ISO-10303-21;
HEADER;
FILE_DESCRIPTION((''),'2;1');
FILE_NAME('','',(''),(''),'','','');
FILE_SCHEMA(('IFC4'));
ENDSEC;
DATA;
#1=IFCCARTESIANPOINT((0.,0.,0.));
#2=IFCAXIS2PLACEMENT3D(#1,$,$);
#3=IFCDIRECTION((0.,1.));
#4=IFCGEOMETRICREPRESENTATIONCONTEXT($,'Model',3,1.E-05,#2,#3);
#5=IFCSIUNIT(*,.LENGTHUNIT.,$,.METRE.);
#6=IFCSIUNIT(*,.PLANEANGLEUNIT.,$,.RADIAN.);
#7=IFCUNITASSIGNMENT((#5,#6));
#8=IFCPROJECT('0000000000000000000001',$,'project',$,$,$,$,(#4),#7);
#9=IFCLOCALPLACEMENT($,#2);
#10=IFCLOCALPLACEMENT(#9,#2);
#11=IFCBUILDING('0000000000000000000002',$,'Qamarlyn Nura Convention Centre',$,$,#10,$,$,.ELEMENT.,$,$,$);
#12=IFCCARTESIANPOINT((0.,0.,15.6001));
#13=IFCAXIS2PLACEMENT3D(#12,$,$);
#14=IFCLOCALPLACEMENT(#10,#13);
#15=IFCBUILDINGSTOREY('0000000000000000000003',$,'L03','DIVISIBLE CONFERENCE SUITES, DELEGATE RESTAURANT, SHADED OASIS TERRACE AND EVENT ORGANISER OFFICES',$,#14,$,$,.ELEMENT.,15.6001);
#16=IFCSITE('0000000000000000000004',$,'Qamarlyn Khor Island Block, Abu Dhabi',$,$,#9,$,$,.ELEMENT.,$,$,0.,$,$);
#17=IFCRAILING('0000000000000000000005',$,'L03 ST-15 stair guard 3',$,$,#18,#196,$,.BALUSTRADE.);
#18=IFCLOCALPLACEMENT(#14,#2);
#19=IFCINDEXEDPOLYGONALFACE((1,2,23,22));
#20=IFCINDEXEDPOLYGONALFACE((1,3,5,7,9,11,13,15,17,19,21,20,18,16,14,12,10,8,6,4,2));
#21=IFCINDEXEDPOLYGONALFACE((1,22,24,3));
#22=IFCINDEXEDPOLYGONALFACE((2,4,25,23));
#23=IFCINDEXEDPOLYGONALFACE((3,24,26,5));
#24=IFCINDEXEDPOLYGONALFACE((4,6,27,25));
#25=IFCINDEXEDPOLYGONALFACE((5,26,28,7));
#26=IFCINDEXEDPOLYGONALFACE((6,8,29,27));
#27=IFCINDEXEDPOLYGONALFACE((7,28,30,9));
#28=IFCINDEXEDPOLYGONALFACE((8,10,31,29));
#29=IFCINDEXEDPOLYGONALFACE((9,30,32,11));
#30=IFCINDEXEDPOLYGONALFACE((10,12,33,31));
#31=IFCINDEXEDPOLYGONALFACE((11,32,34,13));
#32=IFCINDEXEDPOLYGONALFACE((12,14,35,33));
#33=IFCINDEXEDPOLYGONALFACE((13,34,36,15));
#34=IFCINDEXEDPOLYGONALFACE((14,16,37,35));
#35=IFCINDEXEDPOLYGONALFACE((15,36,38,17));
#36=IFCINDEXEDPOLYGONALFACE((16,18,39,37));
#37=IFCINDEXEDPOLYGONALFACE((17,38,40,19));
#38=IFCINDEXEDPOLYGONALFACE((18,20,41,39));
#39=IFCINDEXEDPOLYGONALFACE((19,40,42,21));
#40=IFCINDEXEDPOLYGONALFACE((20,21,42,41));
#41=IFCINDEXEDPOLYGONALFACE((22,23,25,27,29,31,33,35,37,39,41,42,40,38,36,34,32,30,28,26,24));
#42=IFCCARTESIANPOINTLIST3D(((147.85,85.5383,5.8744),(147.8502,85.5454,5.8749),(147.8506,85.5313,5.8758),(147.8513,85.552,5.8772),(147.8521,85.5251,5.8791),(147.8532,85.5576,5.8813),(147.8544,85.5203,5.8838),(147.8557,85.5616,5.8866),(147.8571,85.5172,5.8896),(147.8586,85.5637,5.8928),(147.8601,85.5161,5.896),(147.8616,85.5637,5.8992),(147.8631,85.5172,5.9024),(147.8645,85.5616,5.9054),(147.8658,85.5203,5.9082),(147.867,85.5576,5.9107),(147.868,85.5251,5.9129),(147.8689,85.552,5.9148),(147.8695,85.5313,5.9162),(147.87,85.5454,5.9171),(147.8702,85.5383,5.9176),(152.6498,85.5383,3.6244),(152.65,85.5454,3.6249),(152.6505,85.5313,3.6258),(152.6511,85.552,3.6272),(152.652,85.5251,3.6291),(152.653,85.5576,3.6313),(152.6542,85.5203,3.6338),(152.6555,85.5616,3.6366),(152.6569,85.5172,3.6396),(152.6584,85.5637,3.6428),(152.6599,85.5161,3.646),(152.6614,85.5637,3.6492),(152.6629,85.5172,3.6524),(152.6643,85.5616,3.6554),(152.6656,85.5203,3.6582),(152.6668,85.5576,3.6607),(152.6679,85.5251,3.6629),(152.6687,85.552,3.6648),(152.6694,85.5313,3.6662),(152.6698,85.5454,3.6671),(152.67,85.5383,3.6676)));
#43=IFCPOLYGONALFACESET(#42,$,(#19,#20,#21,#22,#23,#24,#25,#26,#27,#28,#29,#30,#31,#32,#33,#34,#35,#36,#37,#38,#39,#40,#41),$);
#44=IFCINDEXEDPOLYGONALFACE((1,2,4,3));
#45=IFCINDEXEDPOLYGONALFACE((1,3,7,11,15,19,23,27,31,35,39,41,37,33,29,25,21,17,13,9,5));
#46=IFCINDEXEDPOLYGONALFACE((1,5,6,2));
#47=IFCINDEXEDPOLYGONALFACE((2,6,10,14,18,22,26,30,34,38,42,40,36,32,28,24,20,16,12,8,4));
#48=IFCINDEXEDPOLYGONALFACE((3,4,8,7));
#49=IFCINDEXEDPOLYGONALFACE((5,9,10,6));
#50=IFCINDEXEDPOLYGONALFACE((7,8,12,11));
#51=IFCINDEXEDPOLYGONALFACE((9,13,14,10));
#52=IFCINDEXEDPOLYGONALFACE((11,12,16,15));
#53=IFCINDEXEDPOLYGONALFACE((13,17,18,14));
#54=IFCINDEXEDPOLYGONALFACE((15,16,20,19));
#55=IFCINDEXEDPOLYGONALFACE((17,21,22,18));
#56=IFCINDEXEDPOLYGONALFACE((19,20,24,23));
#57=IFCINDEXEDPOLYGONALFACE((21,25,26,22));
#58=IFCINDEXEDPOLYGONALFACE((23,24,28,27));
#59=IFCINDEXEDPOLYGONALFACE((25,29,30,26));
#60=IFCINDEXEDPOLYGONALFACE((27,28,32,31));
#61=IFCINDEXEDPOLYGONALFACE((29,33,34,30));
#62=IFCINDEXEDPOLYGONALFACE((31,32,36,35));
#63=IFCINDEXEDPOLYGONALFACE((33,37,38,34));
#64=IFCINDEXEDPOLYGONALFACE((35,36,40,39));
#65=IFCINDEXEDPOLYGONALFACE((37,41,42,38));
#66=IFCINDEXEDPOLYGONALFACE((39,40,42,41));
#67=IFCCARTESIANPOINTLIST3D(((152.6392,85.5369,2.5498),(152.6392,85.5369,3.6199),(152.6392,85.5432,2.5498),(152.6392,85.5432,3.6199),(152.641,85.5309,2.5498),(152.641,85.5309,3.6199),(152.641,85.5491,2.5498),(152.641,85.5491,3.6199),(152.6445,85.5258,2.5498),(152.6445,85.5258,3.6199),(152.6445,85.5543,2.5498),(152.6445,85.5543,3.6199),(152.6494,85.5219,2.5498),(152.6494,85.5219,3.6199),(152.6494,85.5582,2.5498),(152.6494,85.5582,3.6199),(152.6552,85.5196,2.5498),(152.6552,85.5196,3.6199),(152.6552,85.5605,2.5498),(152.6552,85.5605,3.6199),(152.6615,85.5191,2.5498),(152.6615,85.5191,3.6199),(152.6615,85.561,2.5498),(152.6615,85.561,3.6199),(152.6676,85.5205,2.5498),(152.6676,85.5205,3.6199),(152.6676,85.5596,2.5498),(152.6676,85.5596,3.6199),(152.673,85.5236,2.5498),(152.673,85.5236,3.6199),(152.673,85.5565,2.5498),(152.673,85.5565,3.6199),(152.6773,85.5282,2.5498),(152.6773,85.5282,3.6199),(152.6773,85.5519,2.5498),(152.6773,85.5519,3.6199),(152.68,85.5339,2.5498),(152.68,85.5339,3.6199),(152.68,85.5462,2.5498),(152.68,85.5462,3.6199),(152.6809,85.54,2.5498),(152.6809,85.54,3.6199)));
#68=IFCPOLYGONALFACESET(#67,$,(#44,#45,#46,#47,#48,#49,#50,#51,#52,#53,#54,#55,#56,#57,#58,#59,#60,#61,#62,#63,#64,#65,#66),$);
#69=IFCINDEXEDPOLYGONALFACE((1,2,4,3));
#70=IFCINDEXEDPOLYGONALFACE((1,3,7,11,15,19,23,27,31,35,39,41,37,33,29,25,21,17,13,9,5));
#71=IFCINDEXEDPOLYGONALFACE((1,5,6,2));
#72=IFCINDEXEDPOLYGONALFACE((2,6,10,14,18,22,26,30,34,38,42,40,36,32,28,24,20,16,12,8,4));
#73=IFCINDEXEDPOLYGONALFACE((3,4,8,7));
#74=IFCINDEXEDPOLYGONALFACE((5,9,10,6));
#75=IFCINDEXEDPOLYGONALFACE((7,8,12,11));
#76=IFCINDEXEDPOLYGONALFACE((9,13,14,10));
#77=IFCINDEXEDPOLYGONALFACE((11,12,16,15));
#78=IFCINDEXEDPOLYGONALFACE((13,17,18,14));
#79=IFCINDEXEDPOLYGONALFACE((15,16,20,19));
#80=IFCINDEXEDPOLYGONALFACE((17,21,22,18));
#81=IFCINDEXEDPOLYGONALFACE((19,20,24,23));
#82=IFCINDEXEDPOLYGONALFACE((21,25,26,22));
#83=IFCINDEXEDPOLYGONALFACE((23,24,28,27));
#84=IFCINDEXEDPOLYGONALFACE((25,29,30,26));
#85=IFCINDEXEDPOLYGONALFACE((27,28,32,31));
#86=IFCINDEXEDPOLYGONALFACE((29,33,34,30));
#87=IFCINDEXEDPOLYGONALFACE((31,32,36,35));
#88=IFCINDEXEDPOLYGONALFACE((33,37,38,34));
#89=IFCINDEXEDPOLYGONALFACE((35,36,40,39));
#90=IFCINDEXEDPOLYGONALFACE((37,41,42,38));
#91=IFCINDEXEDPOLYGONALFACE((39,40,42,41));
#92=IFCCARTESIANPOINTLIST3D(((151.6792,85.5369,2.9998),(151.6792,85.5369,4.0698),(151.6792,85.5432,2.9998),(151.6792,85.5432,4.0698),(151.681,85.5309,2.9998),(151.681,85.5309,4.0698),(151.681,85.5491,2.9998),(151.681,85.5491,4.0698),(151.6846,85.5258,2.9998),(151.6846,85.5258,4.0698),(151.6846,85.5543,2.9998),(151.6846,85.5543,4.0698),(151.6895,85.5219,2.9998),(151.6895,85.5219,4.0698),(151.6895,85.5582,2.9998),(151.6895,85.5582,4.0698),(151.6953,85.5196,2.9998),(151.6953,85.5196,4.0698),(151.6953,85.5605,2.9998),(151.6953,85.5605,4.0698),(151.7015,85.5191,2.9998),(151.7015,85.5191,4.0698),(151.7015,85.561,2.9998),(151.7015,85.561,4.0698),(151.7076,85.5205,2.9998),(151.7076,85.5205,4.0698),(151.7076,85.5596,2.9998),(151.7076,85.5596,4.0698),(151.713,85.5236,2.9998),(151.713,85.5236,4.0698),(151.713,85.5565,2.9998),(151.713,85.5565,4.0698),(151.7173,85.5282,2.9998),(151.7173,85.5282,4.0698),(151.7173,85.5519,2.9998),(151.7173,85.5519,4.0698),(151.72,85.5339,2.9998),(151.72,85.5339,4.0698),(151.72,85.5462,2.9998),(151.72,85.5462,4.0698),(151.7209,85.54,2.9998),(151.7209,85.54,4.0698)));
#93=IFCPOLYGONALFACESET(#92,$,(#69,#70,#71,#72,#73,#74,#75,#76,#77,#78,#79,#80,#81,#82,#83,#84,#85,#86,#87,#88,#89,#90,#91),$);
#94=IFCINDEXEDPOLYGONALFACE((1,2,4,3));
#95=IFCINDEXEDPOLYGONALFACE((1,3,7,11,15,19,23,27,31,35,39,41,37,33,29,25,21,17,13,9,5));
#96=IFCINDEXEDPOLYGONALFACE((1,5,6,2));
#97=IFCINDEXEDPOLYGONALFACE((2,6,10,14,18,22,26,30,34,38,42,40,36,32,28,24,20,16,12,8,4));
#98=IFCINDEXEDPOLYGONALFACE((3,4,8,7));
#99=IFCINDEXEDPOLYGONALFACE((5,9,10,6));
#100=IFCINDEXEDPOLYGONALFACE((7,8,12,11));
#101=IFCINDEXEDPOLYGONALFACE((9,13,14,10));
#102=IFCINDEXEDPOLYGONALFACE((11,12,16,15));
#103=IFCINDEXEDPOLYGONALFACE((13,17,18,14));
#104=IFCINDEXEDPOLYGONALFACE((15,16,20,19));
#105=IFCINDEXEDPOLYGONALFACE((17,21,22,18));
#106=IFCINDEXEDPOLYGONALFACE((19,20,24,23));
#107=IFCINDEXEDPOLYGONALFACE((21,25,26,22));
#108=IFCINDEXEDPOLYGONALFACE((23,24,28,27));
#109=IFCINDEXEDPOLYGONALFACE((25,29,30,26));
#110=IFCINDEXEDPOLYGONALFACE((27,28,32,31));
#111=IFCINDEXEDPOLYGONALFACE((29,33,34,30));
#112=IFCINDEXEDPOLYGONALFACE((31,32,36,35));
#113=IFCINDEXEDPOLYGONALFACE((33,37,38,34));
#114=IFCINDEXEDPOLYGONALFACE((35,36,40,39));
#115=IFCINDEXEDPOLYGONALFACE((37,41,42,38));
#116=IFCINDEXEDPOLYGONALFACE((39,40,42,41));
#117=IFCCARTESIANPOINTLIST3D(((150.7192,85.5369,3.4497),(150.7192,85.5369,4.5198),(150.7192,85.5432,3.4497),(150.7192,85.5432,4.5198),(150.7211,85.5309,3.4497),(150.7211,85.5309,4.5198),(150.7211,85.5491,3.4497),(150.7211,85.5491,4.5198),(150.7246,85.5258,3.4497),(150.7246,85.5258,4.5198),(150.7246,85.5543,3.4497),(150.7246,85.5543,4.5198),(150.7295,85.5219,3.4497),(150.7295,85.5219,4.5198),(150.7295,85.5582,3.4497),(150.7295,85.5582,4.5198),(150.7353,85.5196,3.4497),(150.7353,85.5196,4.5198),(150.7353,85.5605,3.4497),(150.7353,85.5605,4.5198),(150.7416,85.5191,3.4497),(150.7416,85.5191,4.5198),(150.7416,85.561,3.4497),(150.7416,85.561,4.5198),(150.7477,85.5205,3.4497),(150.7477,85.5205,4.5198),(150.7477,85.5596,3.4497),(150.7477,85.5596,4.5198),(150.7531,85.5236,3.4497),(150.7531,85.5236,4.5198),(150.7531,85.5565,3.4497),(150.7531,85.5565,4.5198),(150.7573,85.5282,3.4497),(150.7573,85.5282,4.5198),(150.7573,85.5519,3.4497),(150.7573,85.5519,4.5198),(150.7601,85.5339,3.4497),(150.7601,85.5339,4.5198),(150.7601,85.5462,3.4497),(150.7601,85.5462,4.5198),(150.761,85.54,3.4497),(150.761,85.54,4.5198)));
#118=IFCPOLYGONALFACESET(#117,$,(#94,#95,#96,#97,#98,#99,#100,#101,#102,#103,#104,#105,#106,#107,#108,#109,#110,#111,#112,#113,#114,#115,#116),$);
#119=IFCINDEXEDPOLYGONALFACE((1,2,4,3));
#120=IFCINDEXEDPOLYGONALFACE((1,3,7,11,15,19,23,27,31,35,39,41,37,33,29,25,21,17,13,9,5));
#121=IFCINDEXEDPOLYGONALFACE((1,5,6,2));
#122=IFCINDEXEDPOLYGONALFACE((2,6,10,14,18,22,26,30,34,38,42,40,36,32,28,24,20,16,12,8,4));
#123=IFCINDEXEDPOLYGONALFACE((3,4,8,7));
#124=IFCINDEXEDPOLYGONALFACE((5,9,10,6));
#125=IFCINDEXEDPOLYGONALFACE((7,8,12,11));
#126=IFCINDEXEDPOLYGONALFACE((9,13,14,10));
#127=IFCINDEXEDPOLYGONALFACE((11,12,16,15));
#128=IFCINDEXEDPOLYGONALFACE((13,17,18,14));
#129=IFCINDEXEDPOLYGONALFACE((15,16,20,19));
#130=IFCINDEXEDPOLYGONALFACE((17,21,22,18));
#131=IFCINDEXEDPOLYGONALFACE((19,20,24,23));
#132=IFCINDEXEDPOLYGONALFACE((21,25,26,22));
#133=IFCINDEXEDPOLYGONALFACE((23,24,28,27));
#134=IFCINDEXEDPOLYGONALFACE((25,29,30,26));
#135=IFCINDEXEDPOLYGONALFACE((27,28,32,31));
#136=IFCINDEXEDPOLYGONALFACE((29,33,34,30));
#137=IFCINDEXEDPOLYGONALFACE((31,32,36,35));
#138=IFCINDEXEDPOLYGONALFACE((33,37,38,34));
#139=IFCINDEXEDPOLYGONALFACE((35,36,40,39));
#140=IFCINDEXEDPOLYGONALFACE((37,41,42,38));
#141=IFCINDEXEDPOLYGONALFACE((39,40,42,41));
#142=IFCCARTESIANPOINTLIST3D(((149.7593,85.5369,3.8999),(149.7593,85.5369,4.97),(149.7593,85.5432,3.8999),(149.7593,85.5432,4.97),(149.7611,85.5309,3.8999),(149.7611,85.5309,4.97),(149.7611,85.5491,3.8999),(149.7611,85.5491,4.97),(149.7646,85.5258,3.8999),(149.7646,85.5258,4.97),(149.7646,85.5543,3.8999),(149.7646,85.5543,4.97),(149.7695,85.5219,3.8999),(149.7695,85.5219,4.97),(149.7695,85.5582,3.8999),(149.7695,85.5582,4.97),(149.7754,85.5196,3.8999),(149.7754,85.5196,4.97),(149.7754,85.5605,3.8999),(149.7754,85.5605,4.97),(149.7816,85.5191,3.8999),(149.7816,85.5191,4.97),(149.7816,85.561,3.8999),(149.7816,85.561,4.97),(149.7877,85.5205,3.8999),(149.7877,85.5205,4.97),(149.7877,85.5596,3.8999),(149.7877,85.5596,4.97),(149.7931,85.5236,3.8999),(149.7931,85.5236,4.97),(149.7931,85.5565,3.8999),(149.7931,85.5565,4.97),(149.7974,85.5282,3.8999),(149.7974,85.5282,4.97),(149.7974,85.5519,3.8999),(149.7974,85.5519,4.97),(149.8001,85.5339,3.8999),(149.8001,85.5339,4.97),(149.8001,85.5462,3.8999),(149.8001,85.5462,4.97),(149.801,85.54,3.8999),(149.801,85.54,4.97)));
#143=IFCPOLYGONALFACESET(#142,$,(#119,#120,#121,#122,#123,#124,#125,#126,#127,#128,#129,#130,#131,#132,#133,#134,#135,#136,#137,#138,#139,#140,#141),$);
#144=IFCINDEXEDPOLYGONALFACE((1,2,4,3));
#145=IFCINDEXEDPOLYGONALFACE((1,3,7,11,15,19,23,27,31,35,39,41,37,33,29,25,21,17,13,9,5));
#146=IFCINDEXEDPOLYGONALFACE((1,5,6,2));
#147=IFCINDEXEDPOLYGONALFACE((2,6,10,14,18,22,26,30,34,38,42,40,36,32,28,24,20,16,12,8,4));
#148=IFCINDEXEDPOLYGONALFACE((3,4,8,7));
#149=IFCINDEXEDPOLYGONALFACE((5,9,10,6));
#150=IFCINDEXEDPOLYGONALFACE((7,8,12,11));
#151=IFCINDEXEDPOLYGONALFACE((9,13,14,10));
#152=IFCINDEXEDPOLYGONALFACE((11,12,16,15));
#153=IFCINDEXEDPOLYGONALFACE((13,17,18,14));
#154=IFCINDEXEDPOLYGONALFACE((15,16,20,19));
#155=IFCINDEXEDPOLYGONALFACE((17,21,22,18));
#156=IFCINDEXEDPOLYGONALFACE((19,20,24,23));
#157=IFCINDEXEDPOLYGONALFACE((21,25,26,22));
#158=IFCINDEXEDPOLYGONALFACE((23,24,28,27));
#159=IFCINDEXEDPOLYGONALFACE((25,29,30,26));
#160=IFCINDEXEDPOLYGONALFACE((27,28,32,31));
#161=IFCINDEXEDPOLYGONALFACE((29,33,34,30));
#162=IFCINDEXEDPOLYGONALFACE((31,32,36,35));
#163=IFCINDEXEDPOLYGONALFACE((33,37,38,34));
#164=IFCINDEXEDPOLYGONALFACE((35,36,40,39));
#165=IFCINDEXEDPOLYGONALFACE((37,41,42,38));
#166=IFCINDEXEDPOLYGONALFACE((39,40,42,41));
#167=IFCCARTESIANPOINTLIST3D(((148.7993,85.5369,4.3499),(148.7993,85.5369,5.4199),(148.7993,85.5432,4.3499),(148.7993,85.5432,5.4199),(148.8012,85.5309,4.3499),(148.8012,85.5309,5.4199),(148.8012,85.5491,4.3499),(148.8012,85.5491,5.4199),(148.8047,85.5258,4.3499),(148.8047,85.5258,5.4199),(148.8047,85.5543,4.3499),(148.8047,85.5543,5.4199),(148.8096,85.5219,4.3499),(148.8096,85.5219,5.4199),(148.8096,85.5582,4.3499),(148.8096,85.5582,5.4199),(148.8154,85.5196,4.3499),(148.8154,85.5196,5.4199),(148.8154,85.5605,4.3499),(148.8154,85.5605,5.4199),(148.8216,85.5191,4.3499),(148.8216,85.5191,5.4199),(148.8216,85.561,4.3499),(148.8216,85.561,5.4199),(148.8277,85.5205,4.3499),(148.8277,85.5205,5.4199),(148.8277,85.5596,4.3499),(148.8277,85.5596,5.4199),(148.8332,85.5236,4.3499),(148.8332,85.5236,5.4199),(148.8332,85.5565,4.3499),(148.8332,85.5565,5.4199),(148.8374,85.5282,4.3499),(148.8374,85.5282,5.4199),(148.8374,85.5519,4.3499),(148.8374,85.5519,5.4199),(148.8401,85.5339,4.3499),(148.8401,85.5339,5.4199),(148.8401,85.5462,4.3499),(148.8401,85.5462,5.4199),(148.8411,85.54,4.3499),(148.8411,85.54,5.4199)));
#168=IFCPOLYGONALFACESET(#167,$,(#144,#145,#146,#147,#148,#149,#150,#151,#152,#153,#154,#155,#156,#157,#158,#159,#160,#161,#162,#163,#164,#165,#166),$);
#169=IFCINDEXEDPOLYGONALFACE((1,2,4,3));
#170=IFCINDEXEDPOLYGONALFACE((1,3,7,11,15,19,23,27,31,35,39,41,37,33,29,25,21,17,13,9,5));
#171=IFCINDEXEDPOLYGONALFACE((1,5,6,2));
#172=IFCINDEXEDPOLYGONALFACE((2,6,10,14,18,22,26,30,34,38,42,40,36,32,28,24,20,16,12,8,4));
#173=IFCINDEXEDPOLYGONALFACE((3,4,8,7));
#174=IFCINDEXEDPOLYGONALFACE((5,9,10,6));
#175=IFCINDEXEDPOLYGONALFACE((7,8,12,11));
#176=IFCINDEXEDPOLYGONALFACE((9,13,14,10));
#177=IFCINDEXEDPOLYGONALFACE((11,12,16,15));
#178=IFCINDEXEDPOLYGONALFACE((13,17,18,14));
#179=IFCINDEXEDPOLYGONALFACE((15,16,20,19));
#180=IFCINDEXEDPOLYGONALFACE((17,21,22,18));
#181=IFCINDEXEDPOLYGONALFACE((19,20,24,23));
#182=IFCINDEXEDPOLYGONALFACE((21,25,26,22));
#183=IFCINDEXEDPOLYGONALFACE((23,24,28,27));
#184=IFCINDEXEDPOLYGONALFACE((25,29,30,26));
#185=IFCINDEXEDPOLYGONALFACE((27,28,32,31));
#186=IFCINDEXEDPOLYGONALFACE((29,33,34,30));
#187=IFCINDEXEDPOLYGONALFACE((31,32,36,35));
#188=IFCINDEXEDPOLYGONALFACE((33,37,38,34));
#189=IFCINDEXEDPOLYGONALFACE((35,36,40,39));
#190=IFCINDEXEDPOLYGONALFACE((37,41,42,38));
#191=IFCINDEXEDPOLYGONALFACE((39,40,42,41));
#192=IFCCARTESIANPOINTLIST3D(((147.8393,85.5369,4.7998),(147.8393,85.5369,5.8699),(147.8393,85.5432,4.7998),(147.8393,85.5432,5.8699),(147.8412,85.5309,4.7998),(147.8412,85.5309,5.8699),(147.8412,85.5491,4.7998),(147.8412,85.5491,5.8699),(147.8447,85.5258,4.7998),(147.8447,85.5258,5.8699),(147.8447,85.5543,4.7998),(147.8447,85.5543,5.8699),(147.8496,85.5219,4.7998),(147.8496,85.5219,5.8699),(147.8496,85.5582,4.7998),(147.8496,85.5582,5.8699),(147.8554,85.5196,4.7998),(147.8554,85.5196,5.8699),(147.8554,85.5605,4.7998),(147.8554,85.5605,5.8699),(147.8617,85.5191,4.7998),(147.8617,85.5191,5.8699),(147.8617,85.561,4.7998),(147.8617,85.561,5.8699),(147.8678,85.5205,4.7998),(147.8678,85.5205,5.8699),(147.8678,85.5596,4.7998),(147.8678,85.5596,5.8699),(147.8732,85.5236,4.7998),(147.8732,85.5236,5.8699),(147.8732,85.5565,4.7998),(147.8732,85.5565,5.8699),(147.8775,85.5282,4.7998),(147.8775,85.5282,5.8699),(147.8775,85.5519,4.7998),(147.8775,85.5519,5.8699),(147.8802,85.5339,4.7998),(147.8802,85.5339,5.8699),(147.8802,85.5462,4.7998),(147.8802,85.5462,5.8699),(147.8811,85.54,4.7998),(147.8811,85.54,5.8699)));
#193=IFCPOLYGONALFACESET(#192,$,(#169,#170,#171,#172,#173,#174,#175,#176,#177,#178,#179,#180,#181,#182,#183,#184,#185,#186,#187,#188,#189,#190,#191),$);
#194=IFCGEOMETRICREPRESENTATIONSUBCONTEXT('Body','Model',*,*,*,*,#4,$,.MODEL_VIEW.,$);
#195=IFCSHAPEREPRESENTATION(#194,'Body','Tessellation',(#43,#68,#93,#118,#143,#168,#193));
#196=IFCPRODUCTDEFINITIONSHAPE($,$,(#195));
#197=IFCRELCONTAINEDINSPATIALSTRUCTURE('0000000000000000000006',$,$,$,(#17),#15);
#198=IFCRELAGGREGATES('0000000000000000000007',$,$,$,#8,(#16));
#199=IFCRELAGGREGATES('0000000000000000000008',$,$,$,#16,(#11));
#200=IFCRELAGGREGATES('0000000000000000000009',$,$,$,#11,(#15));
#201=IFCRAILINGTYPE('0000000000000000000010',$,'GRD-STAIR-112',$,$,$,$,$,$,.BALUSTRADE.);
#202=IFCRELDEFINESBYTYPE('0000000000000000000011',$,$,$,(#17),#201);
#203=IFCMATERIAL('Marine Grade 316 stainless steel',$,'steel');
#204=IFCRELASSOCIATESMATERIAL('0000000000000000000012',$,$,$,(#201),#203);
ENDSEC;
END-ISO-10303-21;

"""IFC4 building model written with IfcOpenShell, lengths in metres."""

from ifc_helpers import new_model, si_unit, direction, frame, origin, origin_2d, place, context, subcontext, project, spatial, circle, extrude, material, type_object, element, save


model = new_model("IFC4")

# Units and contexts
model_context = context("Model", 3, precision=1e-05, world=origin(), true_north=direction((0.0, 1.0)))
body_context = subcontext(model_context, "Body", "Model", "MODEL_VIEW")
ifc_project = project(units=[si_unit("LENGTHUNIT", "METRE"), si_unit("PLANEANGLEUNIT", "RADIAN")], contexts=[model_context])

# Site, building, storey
site_placement = place(None, origin())
site = spatial("IfcSite", under=ifc_project, at=site_placement, Name="Qamarlyn Khor Island Block, Abu Dhabi", CompositionType="ELEMENT", RefElevation=0.0)
building_placement = place(site_placement, origin())
building = spatial("IfcBuilding", under=site, at=building_placement, Name="Qamarlyn Nura Convention Centre", CompositionType="ELEMENT")
storey_placement = place(building_placement, frame((0.0, 0.0, 15.6001)))
storey = spatial("IfcBuildingStorey", under=building, at=storey_placement, Name="L03", Description="DIVISIBLE CONFERENCE SUITES, DELEGATE RESTAURANT, SHADED OASIS TERRACE AND EVENT ORGANISER OFFICES", CompositionType="ELEMENT", Elevation=15.6001)

# Railing
ifc_material_1 = material(Name="Marine Grade 316 stainless steel", Category="steel")
railing_type_1 = type_object("IfcRailingType", Name="GRD-STAIR-112", PredefinedType="BALUSTRADE", material=ifc_material_1)
railing_1_placement = place(storey_placement, frame((152.6599, 85.54, 2.5498)))
element("IfcRailing", 1, at=railing_1_placement, inside=storey, type_object=railing_type_1, Name="L03 ST-15 stair guard 3", PredefinedType="BALUSTRADE", context=body_context, shape_type="SweptSolid", body=[
    extrude(circle(Radius=0.0239, at=origin_2d()), frame((0.0, 0.0, 1.0962), z_axis=(-0.905452, 0.0, 0.424448), x_axis=(0.0, -1.0, 0.0)), (0.0, 0.0, 1.0), 5.301),
    extrude(circle(Radius=0.021, at=origin_2d()), origin(), (0.0, 0.0, 1.0), 1.0701),
    extrude(circle(Radius=0.021, at=origin_2d()), frame((-0.96, 0.0, 0.45)), (0.0, 0.0, 1.0), 1.0701),
    extrude(circle(Radius=0.021, at=origin_2d()), frame((-1.9199, 0.0, 0.8999)), (0.0, 0.0, 1.0), 1.0701),
    extrude(circle(Radius=0.021, at=origin_2d()), frame((-2.8799, 0.0, 1.3501)), (0.0, 0.0, 1.0), 1.0701),
    extrude(circle(Radius=0.021, at=origin_2d()), frame((-3.8398, 0.0, 1.8)), (0.0, 0.0, 1.0), 1.0701),
    extrude(circle(Radius=0.021, at=origin_2d()), frame((-4.7998, 0.0, 2.25)), (0.0, 0.0, 1.0), 1.0701),
])

save(model, "model.ifc")
